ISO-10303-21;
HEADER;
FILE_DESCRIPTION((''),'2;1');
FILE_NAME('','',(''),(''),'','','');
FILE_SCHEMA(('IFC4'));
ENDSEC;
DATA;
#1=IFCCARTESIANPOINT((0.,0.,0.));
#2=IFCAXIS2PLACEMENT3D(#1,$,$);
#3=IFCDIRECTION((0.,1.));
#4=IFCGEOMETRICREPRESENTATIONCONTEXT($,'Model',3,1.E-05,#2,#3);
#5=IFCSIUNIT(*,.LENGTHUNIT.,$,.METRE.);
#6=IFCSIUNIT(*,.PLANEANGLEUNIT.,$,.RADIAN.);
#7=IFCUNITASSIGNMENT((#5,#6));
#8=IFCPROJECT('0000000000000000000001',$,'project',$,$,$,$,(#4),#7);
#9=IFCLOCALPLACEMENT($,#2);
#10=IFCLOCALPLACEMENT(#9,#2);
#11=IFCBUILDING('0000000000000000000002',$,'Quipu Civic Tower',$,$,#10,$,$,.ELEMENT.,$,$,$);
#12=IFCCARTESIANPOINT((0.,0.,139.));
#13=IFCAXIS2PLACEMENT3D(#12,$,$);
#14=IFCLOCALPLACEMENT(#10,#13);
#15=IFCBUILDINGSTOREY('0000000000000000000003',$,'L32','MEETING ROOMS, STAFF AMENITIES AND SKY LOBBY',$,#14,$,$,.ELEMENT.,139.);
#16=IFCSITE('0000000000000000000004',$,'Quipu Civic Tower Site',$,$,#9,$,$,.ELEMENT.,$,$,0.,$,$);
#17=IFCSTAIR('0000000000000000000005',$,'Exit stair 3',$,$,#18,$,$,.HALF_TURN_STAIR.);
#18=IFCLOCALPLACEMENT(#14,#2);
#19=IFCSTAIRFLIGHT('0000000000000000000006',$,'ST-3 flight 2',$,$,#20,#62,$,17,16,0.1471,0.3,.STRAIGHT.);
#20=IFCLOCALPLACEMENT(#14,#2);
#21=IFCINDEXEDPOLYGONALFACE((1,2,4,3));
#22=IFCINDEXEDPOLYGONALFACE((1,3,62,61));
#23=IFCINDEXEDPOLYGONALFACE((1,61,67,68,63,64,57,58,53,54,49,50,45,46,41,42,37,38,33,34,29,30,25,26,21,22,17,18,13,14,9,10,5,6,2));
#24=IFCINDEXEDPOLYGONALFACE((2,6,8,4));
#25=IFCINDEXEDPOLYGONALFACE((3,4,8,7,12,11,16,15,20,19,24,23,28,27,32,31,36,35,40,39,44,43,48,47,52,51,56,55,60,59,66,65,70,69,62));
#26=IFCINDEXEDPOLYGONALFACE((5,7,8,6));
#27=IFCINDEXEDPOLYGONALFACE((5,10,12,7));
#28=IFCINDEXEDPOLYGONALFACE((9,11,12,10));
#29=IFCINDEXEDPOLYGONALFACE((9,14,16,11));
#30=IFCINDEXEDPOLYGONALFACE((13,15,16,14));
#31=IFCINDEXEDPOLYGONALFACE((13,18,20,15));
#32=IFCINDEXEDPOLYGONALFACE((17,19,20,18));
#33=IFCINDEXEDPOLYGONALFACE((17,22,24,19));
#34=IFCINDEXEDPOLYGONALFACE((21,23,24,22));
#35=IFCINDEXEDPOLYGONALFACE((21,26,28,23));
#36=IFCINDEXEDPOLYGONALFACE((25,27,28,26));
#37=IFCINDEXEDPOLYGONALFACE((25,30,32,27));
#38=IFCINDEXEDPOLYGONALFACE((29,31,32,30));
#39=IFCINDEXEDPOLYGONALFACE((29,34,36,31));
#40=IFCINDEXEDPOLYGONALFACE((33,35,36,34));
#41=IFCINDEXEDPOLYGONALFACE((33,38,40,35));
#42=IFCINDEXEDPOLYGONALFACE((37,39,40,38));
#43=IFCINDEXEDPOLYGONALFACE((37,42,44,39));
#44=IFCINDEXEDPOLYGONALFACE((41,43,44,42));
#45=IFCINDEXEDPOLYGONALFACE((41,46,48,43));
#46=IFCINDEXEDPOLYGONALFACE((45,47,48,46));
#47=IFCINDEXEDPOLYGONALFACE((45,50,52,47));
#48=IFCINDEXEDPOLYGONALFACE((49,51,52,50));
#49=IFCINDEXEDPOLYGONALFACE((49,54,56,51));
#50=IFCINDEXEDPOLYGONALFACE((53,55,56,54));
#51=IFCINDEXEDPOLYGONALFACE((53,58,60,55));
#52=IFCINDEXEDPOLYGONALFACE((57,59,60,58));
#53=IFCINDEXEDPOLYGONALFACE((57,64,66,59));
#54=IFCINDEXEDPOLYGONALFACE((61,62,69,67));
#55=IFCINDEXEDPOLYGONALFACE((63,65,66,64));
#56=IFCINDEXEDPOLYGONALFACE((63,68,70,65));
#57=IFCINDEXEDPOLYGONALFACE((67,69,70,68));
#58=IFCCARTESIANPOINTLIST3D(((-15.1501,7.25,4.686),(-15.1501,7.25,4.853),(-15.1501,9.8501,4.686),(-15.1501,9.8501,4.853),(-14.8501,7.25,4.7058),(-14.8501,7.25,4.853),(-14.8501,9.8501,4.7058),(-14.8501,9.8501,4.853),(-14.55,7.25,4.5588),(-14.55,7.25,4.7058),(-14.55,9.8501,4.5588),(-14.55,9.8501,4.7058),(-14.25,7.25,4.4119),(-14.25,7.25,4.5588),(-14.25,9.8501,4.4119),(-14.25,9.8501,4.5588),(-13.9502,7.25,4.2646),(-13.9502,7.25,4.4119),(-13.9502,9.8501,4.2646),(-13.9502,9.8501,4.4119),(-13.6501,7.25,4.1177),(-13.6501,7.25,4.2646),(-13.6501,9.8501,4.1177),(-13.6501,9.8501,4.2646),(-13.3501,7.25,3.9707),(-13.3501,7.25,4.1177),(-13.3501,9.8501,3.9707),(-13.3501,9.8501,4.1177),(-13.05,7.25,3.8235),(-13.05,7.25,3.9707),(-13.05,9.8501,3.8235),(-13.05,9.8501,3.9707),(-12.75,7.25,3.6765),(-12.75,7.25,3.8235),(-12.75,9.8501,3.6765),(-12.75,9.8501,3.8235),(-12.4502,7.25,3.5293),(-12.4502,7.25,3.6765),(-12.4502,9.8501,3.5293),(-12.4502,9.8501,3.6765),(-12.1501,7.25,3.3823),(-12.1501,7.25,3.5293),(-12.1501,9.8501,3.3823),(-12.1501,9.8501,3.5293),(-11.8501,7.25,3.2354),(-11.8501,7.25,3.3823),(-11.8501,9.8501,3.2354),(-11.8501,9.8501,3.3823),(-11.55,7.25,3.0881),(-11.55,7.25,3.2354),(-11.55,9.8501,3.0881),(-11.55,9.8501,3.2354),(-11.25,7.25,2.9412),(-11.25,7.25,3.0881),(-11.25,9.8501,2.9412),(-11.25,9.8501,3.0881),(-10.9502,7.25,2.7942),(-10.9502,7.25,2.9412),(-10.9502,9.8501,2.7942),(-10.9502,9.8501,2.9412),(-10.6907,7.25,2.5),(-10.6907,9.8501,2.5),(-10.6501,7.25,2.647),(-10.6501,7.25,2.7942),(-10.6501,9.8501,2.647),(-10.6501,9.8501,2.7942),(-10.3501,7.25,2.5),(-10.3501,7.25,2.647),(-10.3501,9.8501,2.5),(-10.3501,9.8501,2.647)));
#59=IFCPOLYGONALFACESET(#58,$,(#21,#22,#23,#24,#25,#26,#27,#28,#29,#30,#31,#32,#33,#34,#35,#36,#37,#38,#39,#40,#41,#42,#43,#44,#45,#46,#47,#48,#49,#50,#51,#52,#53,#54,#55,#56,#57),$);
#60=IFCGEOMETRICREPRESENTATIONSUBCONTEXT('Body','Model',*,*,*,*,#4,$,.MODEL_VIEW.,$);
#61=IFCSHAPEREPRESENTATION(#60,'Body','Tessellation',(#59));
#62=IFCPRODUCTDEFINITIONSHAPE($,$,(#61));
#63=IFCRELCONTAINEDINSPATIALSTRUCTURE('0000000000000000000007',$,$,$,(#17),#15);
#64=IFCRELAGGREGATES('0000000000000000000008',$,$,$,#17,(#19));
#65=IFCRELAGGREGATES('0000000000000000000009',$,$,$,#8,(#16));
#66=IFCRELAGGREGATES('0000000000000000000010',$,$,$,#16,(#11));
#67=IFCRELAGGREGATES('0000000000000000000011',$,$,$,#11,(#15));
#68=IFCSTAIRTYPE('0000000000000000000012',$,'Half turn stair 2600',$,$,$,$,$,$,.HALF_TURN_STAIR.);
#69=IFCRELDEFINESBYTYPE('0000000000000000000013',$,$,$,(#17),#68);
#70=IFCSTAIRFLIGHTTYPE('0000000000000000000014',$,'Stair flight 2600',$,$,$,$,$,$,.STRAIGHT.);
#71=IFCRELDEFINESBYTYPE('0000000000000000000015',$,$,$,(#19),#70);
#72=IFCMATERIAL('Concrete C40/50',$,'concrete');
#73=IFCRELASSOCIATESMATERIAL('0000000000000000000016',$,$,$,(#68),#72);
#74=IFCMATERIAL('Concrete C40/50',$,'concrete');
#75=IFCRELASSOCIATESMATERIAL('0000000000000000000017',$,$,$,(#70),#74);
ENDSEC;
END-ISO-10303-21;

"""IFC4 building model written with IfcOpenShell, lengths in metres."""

from ifc_helpers import new_model, si_unit, direction, frame, origin, place, context, subcontext, project, spatial, polyline, outline, extrude, material, type_object, element, aggregate, save


model = new_model("IFC4")

# Units and contexts
model_context = context("Model", 3, precision=1e-05, world=origin(), true_north=direction((0.0, 1.0)))
body_context = subcontext(model_context, "Body", "Model", "MODEL_VIEW")
ifc_project = project(units=[si_unit("LENGTHUNIT", "METRE"), si_unit("PLANEANGLEUNIT", "RADIAN")], contexts=[model_context])

# Site, building, storey
site_placement = place(None, origin())
site = spatial("IfcSite", under=ifc_project, at=site_placement, Name="Quipu Civic Tower Site", CompositionType="ELEMENT", RefElevation=0.0)
building_placement = place(site_placement, origin())
building = spatial("IfcBuilding", under=site, at=building_placement, Name="Quipu Civic Tower", CompositionType="ELEMENT")
storey_placement = place(building_placement, frame((0.0, 0.0, 139.0)))
storey = spatial("IfcBuildingStorey", under=building, at=storey_placement, Name="L32", Description="MEETING ROOMS, STAFF AMENITIES AND SKY LOBBY", CompositionType="ELEMENT", Elevation=139.0)

# Stair, stair flight
ifc_material_1 = material(Name="Concrete C40/50", Category="concrete")
stair_type = type_object("IfcStairType", Name="Half turn stair 2600", PredefinedType="HALF_TURN_STAIR", material=ifc_material_1)
stair_placement = place(storey_placement, origin())
stair = element("IfcStair", 1, at=stair_placement, inside=storey, type_object=stair_type, Name="Exit stair 3", PredefinedType="HALF_TURN_STAIR")
ifc_material_2 = material(Name="Concrete C40/50", Category="concrete")
stair_flight_type = type_object("IfcStairFlightType", Name="Stair flight 2600", PredefinedType="STRAIGHT", material=ifc_material_2)
stair_flight_placement = place(storey_placement, frame((-10.3501, 8.55, 2.5), z_axis=(0.0, 0.0, 1.0), x_axis=(-1.0, 0.0, 0.0)))
stair_flight = element("IfcStairFlight", 2, at=stair_flight_placement, type_object=stair_flight_type, Name="ST-3 flight 2", NumberOfRisers=17, NumberOfTreads=16, PredefinedType="STRAIGHT", RiserHeight=0.1471, TreadLength=0.3, context=body_context, shape_type="SweptSolid", body=[
    extrude(outline(polyline([(0.0, 0.0), (0.0, 0.147), (0.3, 0.147), (0.3, 0.2942), (0.6001, 0.2942), (0.6001, 0.4412), (0.8999, 0.4412), (0.8999, 0.5881), (1.2, 0.5881), (1.2, 0.7354), (1.5, 0.7354), (1.5, 0.8823), (1.8, 0.8823), (1.8, 1.0293), (2.1001, 1.0293), (2.1001, 1.1765), (2.3999, 1.1765), (2.3999, 1.3235), (2.7, 1.3235), (2.7, 1.4707), (3.0, 1.4707), (3.0, 1.6177), (3.3, 1.6177), (3.3, 1.7646), (3.6001, 1.7646), (3.6001, 1.9119), (3.8999, 1.9119), (3.8999, 2.0588), (4.2, 2.0588), (4.2, 2.2058), (4.5, 2.2058), (4.5, 2.353), (4.8, 2.353), (4.8, 2.5), (4.8, 2.186), (0.3406, 0.0), (0.0, 0.0)])), frame((0.0, 1.3, 0.0), z_axis=(0.0, -1.0, 0.0), x_axis=(1.0, 0.0, 0.0)), (0.0, 0.0, 1.0), 2.6001),
])
aggregate(stair, [stair_flight])

save(model, "model.ifc")
